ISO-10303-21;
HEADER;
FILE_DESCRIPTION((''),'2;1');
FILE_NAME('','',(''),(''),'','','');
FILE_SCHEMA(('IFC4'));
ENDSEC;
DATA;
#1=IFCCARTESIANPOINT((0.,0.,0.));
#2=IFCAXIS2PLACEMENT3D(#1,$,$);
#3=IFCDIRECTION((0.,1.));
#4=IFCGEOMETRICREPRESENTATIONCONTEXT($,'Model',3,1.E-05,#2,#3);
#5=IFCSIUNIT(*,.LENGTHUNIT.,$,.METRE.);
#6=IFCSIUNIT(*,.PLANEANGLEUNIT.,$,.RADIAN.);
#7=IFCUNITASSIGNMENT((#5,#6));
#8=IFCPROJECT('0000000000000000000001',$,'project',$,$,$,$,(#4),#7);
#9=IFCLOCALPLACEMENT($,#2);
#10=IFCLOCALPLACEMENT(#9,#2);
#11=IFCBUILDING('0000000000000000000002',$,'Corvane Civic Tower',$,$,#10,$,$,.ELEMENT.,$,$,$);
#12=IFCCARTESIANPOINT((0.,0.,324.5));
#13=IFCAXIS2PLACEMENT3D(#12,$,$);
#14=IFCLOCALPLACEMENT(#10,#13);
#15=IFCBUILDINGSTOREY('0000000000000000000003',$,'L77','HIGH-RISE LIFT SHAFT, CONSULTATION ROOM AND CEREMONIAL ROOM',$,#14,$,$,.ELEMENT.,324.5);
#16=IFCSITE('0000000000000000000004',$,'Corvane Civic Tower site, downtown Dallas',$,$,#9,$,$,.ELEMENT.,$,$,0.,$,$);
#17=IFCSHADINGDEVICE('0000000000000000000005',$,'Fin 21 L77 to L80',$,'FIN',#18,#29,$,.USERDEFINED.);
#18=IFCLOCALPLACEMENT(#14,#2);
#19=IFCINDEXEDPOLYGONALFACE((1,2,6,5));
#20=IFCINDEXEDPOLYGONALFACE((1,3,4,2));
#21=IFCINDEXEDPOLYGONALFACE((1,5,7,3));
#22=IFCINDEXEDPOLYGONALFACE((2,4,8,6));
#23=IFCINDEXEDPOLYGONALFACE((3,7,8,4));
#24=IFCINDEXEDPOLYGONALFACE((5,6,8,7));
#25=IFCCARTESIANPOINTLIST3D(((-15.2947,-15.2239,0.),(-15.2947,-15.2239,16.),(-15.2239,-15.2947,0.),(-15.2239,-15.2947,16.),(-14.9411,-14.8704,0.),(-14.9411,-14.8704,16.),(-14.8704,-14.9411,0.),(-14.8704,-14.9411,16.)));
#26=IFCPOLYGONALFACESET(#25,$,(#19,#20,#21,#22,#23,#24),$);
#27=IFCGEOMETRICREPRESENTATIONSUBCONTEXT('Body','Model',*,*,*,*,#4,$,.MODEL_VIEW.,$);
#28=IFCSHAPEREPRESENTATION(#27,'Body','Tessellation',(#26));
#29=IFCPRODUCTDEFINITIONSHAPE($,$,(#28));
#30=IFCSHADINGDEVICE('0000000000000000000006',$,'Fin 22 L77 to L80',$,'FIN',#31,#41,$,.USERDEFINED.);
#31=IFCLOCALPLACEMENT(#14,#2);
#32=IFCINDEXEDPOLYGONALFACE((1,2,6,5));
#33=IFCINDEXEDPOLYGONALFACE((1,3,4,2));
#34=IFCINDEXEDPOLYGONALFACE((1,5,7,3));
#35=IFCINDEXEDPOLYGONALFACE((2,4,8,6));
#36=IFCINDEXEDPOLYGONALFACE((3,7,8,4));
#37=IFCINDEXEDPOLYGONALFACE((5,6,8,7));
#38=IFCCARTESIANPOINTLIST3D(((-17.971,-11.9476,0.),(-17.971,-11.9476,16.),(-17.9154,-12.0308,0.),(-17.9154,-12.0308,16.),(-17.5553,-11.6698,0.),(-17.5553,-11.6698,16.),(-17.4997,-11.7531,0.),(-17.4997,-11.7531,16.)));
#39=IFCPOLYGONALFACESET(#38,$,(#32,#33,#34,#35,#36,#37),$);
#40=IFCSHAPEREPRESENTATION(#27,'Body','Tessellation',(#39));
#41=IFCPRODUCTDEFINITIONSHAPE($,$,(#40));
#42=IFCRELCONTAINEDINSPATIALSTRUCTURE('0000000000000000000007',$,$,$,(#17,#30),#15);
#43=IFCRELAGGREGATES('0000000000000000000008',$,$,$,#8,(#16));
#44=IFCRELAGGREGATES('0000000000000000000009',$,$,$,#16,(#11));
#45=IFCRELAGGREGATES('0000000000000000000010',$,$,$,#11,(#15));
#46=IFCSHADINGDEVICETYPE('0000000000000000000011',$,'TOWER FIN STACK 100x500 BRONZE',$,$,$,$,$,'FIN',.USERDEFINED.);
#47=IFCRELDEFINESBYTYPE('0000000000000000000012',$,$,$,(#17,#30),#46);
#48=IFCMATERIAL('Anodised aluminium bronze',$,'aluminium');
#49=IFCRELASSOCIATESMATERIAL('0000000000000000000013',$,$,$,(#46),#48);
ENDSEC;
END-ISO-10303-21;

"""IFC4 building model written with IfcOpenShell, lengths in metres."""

from ifc_helpers import new_model, si_unit, direction, frame, origin, origin_2d, place, context, subcontext, project, spatial, rectangle, extrude, material, material_profile, profile_set, type_object, element, save


model = new_model("IFC4")

# Units and contexts
model_context = context("Model", 3, precision=1e-05, world=origin(), true_north=direction((0.0, 1.0)))
body_context = subcontext(model_context, "Body", "Model", "MODEL_VIEW")
ifc_project = project(units=[si_unit("LENGTHUNIT", "METRE"), si_unit("PLANEANGLEUNIT", "RADIAN")], contexts=[model_context])

# Site, building, storey
site_placement = place(None, origin())
site = spatial("IfcSite", under=ifc_project, at=site_placement, Name="Corvane Civic Tower site, downtown Dallas", CompositionType="ELEMENT", RefElevation=0.0)
building_placement = place(site_placement, origin())
building = spatial("IfcBuilding", under=site, at=building_placement, Name="Corvane Civic Tower", CompositionType="ELEMENT")
storey_placement = place(building_placement, frame((0.0, 0.0, 324.5)))
storey = spatial("IfcBuildingStorey", under=building, at=storey_placement, Name="L77", Description="HIGH-RISE LIFT SHAFT, CONSULTATION ROOM AND CEREMONIAL ROOM", CompositionType="ELEMENT", Elevation=324.5)

# Shading devices
ifc_material_1 = material(Name="Anodised aluminium bronze", Category="aluminium")
ifc_material_profile_1 = material_profile(ifc_material_1, rectangle(XDim=0.1001, YDim=0.5, at=origin_2d()), Name="TOWER FIN STACK 100x500 BRONZE")
ifc_profile_set_1 = profile_set([ifc_material_profile_1], Name="Anodised aluminium bronze")
shading_device_type = type_object("IfcShadingDeviceType", Name="TOWER FIN STACK 100x500 BRONZE", ElementType="FIN", PredefinedType="USERDEFINED", material=ifc_profile_set_1)
for number, where, z_axis, x_axis, name in (
    (1, (-15.0825, -15.0825, 0.0), (0.0, 0.0, 1.0), (-0.707107, 0.707107, 0.0), "Fin 21 L77 to L80"),
    (2, (-17.7354, -11.8503, 0.0), (0.0, 0.0, 1.0), (-0.55557, 0.83147, 0.0), "Fin 22 L77 to L80"),
):
    element("IfcShadingDevice", number, at=place(storey_placement, frame(where, z_axis=z_axis, x_axis=x_axis)), inside=storey, type_object=shading_device_type, Name=name, ObjectType="FIN", PredefinedType="USERDEFINED", context=body_context, shape_type="SweptSolid", body=[
        extrude(rectangle(XDim=0.1001, YDim=0.5, at=origin_2d()), origin(), (0.0, 0.0, 1.0), 16.0),
    ])

save(model, "model.ifc")
